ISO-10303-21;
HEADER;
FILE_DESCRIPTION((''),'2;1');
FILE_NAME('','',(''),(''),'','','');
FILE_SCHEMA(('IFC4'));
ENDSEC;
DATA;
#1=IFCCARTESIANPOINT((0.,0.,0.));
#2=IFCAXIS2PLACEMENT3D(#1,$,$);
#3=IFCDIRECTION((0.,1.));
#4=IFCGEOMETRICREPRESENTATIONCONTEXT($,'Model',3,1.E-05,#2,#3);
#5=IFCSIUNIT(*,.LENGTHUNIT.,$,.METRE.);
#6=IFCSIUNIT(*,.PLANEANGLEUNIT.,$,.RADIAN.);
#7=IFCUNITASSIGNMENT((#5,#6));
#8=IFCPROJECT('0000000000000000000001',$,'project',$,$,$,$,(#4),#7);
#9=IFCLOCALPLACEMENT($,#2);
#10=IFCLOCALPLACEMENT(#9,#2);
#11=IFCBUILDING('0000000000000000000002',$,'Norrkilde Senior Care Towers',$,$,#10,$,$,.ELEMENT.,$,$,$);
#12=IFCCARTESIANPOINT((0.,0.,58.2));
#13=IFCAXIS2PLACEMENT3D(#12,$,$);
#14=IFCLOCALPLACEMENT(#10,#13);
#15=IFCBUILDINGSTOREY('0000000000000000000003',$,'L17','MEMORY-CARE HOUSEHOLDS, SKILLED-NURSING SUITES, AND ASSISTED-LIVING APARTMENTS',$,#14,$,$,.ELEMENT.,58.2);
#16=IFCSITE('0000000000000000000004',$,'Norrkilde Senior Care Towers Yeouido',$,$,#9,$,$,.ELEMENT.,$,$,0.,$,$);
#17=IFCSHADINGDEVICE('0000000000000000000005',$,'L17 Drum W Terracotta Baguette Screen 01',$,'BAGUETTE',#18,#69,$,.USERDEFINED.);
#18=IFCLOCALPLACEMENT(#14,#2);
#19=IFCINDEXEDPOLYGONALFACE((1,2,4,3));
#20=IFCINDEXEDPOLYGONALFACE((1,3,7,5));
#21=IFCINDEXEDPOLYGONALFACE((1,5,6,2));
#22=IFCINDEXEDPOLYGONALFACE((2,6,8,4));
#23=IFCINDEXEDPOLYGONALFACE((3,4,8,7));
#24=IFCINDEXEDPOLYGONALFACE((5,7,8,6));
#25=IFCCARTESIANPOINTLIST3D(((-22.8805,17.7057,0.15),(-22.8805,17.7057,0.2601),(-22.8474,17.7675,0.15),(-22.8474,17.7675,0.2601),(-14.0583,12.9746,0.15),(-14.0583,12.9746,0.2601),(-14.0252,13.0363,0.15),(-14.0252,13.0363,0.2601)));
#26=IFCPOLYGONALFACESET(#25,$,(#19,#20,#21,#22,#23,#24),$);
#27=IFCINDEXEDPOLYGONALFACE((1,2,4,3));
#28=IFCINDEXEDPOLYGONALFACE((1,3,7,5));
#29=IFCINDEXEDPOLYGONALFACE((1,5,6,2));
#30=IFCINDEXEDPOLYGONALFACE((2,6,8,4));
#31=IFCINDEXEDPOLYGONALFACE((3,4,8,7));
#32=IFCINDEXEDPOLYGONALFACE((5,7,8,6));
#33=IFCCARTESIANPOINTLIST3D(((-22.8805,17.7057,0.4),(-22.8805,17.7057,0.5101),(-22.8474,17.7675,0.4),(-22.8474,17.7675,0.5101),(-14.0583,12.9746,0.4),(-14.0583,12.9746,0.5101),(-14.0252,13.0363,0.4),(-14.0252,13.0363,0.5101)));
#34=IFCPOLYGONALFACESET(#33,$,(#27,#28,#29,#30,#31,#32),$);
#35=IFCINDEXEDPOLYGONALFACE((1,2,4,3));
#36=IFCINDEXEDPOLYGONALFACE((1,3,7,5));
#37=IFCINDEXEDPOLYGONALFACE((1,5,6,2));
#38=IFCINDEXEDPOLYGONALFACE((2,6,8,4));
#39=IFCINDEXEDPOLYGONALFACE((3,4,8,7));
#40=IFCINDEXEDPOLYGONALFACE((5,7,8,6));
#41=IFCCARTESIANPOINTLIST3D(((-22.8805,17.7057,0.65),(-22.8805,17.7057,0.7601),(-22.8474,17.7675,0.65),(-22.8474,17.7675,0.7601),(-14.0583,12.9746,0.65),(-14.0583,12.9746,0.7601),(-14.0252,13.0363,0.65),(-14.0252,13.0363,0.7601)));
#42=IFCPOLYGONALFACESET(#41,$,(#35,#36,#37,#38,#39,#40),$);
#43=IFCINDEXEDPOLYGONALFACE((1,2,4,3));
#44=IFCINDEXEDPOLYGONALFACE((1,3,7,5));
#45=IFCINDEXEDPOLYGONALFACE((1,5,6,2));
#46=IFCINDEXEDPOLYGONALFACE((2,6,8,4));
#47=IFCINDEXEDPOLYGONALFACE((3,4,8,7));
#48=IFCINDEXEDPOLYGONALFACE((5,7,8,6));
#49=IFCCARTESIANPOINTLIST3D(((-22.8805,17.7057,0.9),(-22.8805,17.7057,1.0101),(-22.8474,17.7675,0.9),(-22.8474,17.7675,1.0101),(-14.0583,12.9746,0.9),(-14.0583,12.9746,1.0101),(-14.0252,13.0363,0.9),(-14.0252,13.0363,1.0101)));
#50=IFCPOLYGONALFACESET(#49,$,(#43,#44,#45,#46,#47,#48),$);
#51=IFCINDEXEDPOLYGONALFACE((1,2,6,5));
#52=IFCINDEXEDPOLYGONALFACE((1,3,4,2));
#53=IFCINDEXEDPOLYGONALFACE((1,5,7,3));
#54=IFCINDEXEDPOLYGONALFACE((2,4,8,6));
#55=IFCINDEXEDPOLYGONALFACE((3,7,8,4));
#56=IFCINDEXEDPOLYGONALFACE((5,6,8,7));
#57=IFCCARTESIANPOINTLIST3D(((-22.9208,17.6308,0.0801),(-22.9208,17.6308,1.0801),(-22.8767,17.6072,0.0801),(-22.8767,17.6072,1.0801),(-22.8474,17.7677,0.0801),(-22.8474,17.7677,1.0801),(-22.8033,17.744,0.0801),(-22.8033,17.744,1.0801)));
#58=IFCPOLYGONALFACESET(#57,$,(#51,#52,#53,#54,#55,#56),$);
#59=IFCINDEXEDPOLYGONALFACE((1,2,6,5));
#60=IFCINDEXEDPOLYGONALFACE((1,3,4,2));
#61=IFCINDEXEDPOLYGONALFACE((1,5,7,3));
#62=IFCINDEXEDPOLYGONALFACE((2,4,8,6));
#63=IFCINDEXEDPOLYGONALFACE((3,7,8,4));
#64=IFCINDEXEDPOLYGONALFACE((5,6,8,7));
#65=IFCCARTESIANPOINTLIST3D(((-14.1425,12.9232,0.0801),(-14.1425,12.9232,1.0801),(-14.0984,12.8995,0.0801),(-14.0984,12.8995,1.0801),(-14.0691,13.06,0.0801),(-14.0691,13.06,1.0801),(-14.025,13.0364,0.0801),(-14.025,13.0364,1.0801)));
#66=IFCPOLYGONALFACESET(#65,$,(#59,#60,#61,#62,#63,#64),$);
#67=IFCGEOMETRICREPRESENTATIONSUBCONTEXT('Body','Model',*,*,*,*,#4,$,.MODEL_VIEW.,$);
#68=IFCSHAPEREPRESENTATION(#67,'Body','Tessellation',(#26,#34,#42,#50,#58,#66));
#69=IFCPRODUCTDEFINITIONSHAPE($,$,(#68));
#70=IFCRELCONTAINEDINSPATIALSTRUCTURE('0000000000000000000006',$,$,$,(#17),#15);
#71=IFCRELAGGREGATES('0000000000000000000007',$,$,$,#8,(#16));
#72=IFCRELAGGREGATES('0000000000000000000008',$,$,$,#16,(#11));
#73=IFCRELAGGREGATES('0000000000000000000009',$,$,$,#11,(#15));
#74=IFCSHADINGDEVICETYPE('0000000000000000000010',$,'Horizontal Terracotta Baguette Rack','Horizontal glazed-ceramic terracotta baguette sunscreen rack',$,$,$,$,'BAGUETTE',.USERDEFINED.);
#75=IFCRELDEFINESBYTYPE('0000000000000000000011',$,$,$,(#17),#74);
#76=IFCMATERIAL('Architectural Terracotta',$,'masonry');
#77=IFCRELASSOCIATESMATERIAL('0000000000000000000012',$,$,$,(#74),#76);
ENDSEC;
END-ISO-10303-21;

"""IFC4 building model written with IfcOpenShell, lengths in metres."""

from ifc_helpers import new_model, si_unit, direction, frame, origin, origin_2d, place, context, subcontext, project, spatial, rectangle, extrude, source, transform, mapped, material, type_object, type_shapes, element, save


model = new_model("IFC4")

# Units and contexts
model_context = context("Model", 3, precision=1e-05, world=origin(), true_north=direction((0.0, 1.0)))
body_context = subcontext(model_context, "Body", "Model", "MODEL_VIEW")
ifc_project = project(units=[si_unit("LENGTHUNIT", "METRE"), si_unit("PLANEANGLEUNIT", "RADIAN")], contexts=[model_context])

# Site, building, storey
site_placement = place(None, origin())
site = spatial("IfcSite", under=ifc_project, at=site_placement, Name="Norrkilde Senior Care Towers Yeouido", CompositionType="ELEMENT", RefElevation=0.0)
building_placement = place(site_placement, origin())
building = spatial("IfcBuilding", under=site, at=building_placement, Name="Norrkilde Senior Care Towers", CompositionType="ELEMENT")
storey_placement = place(building_placement, frame((0.0, 0.0, 58.2)))
storey = spatial("IfcBuildingStorey", under=building, at=storey_placement, Name="L17", Description="MEMORY-CARE HOUSEHOLDS, SKILLED-NURSING SUITES, AND ASSISTED-LIVING APARTMENTS", CompositionType="ELEMENT", Elevation=58.2)

# Shading device
ifc_material_1 = material(Name="Architectural Terracotta", Category="masonry")
shading_device_type = type_object("IfcShadingDeviceType", Name="Horizontal Terracotta Baguette Rack", Description="Horizontal glazed-ceramic terracotta baguette sunscreen rack", ElementType="BAGUETTE", PredefinedType="USERDEFINED", material=ifc_material_1)
shared_shape_1 = source(origin(), body_context, "Body", "SweptSolid", [
    extrude(rectangle(XDim=0.0701, YDim=0.1101, at=origin_2d()), frame((0.0, 0.0901, 0.125), z_axis=(1.0, 0.0, 0.0), x_axis=(0.0, 1.0, 0.0)), (0.0, 0.0, 1.0), 10.0107),
    extrude(rectangle(XDim=0.0701, YDim=0.1101, at=origin_2d()), frame((0.0, 0.0901, 0.375), z_axis=(1.0, 0.0, 0.0), x_axis=(0.0, 1.0, 0.0)), (0.0, 0.0, 1.0), 10.0107),
    extrude(rectangle(XDim=0.0701, YDim=0.1101, at=origin_2d()), frame((0.0, 0.0901, 0.625), z_axis=(1.0, 0.0, 0.0), x_axis=(0.0, 1.0, 0.0)), (0.0, 0.0, 1.0), 10.0107),
    extrude(rectangle(XDim=0.0701, YDim=0.1101, at=origin_2d()), frame((0.0, 0.0901, 0.875), z_axis=(1.0, 0.0, 0.0), x_axis=(0.0, 1.0, 0.0)), (0.0, 0.0, 1.0), 10.0107),
    extrude(rectangle(XDim=0.05, YDim=0.1553, at=origin_2d()), frame((0.0249, 0.0476, 0.0)), (0.0, 0.0, 1.0), 1.0),
    extrude(rectangle(XDim=0.05, YDim=0.1553, at=origin_2d()), frame((9.9858, 0.0476, 0.0)), (0.0, 0.0, 1.0), 1.0),
])
type_shapes(shading_device_type, [shared_shape_1])
shading_device_placement = place(storey_placement, frame((-22.9065, 17.6572, 0.0801), z_axis=(0.0, 0.0, 1.0), x_axis=(0.88128, -0.472612, 0.0)))
element("IfcShadingDevice", 1, at=shading_device_placement, inside=storey, type_object=shading_device_type, Name="L17 Drum W Terracotta Baguette Screen 01", ObjectType="BAGUETTE", PredefinedType="USERDEFINED", context=body_context, shape_type="MappedRepresentation", body=[
    mapped(shared_shape_1, transform((0.0, 0.0, 0.0), x_axis=(1.0, 0.0, 0.0), y_axis=(0.0, 1.0, 0.0), z_axis=(0.0, 0.0, 1.0), scale=1.0)),
])

save(model, "model.ifc")
